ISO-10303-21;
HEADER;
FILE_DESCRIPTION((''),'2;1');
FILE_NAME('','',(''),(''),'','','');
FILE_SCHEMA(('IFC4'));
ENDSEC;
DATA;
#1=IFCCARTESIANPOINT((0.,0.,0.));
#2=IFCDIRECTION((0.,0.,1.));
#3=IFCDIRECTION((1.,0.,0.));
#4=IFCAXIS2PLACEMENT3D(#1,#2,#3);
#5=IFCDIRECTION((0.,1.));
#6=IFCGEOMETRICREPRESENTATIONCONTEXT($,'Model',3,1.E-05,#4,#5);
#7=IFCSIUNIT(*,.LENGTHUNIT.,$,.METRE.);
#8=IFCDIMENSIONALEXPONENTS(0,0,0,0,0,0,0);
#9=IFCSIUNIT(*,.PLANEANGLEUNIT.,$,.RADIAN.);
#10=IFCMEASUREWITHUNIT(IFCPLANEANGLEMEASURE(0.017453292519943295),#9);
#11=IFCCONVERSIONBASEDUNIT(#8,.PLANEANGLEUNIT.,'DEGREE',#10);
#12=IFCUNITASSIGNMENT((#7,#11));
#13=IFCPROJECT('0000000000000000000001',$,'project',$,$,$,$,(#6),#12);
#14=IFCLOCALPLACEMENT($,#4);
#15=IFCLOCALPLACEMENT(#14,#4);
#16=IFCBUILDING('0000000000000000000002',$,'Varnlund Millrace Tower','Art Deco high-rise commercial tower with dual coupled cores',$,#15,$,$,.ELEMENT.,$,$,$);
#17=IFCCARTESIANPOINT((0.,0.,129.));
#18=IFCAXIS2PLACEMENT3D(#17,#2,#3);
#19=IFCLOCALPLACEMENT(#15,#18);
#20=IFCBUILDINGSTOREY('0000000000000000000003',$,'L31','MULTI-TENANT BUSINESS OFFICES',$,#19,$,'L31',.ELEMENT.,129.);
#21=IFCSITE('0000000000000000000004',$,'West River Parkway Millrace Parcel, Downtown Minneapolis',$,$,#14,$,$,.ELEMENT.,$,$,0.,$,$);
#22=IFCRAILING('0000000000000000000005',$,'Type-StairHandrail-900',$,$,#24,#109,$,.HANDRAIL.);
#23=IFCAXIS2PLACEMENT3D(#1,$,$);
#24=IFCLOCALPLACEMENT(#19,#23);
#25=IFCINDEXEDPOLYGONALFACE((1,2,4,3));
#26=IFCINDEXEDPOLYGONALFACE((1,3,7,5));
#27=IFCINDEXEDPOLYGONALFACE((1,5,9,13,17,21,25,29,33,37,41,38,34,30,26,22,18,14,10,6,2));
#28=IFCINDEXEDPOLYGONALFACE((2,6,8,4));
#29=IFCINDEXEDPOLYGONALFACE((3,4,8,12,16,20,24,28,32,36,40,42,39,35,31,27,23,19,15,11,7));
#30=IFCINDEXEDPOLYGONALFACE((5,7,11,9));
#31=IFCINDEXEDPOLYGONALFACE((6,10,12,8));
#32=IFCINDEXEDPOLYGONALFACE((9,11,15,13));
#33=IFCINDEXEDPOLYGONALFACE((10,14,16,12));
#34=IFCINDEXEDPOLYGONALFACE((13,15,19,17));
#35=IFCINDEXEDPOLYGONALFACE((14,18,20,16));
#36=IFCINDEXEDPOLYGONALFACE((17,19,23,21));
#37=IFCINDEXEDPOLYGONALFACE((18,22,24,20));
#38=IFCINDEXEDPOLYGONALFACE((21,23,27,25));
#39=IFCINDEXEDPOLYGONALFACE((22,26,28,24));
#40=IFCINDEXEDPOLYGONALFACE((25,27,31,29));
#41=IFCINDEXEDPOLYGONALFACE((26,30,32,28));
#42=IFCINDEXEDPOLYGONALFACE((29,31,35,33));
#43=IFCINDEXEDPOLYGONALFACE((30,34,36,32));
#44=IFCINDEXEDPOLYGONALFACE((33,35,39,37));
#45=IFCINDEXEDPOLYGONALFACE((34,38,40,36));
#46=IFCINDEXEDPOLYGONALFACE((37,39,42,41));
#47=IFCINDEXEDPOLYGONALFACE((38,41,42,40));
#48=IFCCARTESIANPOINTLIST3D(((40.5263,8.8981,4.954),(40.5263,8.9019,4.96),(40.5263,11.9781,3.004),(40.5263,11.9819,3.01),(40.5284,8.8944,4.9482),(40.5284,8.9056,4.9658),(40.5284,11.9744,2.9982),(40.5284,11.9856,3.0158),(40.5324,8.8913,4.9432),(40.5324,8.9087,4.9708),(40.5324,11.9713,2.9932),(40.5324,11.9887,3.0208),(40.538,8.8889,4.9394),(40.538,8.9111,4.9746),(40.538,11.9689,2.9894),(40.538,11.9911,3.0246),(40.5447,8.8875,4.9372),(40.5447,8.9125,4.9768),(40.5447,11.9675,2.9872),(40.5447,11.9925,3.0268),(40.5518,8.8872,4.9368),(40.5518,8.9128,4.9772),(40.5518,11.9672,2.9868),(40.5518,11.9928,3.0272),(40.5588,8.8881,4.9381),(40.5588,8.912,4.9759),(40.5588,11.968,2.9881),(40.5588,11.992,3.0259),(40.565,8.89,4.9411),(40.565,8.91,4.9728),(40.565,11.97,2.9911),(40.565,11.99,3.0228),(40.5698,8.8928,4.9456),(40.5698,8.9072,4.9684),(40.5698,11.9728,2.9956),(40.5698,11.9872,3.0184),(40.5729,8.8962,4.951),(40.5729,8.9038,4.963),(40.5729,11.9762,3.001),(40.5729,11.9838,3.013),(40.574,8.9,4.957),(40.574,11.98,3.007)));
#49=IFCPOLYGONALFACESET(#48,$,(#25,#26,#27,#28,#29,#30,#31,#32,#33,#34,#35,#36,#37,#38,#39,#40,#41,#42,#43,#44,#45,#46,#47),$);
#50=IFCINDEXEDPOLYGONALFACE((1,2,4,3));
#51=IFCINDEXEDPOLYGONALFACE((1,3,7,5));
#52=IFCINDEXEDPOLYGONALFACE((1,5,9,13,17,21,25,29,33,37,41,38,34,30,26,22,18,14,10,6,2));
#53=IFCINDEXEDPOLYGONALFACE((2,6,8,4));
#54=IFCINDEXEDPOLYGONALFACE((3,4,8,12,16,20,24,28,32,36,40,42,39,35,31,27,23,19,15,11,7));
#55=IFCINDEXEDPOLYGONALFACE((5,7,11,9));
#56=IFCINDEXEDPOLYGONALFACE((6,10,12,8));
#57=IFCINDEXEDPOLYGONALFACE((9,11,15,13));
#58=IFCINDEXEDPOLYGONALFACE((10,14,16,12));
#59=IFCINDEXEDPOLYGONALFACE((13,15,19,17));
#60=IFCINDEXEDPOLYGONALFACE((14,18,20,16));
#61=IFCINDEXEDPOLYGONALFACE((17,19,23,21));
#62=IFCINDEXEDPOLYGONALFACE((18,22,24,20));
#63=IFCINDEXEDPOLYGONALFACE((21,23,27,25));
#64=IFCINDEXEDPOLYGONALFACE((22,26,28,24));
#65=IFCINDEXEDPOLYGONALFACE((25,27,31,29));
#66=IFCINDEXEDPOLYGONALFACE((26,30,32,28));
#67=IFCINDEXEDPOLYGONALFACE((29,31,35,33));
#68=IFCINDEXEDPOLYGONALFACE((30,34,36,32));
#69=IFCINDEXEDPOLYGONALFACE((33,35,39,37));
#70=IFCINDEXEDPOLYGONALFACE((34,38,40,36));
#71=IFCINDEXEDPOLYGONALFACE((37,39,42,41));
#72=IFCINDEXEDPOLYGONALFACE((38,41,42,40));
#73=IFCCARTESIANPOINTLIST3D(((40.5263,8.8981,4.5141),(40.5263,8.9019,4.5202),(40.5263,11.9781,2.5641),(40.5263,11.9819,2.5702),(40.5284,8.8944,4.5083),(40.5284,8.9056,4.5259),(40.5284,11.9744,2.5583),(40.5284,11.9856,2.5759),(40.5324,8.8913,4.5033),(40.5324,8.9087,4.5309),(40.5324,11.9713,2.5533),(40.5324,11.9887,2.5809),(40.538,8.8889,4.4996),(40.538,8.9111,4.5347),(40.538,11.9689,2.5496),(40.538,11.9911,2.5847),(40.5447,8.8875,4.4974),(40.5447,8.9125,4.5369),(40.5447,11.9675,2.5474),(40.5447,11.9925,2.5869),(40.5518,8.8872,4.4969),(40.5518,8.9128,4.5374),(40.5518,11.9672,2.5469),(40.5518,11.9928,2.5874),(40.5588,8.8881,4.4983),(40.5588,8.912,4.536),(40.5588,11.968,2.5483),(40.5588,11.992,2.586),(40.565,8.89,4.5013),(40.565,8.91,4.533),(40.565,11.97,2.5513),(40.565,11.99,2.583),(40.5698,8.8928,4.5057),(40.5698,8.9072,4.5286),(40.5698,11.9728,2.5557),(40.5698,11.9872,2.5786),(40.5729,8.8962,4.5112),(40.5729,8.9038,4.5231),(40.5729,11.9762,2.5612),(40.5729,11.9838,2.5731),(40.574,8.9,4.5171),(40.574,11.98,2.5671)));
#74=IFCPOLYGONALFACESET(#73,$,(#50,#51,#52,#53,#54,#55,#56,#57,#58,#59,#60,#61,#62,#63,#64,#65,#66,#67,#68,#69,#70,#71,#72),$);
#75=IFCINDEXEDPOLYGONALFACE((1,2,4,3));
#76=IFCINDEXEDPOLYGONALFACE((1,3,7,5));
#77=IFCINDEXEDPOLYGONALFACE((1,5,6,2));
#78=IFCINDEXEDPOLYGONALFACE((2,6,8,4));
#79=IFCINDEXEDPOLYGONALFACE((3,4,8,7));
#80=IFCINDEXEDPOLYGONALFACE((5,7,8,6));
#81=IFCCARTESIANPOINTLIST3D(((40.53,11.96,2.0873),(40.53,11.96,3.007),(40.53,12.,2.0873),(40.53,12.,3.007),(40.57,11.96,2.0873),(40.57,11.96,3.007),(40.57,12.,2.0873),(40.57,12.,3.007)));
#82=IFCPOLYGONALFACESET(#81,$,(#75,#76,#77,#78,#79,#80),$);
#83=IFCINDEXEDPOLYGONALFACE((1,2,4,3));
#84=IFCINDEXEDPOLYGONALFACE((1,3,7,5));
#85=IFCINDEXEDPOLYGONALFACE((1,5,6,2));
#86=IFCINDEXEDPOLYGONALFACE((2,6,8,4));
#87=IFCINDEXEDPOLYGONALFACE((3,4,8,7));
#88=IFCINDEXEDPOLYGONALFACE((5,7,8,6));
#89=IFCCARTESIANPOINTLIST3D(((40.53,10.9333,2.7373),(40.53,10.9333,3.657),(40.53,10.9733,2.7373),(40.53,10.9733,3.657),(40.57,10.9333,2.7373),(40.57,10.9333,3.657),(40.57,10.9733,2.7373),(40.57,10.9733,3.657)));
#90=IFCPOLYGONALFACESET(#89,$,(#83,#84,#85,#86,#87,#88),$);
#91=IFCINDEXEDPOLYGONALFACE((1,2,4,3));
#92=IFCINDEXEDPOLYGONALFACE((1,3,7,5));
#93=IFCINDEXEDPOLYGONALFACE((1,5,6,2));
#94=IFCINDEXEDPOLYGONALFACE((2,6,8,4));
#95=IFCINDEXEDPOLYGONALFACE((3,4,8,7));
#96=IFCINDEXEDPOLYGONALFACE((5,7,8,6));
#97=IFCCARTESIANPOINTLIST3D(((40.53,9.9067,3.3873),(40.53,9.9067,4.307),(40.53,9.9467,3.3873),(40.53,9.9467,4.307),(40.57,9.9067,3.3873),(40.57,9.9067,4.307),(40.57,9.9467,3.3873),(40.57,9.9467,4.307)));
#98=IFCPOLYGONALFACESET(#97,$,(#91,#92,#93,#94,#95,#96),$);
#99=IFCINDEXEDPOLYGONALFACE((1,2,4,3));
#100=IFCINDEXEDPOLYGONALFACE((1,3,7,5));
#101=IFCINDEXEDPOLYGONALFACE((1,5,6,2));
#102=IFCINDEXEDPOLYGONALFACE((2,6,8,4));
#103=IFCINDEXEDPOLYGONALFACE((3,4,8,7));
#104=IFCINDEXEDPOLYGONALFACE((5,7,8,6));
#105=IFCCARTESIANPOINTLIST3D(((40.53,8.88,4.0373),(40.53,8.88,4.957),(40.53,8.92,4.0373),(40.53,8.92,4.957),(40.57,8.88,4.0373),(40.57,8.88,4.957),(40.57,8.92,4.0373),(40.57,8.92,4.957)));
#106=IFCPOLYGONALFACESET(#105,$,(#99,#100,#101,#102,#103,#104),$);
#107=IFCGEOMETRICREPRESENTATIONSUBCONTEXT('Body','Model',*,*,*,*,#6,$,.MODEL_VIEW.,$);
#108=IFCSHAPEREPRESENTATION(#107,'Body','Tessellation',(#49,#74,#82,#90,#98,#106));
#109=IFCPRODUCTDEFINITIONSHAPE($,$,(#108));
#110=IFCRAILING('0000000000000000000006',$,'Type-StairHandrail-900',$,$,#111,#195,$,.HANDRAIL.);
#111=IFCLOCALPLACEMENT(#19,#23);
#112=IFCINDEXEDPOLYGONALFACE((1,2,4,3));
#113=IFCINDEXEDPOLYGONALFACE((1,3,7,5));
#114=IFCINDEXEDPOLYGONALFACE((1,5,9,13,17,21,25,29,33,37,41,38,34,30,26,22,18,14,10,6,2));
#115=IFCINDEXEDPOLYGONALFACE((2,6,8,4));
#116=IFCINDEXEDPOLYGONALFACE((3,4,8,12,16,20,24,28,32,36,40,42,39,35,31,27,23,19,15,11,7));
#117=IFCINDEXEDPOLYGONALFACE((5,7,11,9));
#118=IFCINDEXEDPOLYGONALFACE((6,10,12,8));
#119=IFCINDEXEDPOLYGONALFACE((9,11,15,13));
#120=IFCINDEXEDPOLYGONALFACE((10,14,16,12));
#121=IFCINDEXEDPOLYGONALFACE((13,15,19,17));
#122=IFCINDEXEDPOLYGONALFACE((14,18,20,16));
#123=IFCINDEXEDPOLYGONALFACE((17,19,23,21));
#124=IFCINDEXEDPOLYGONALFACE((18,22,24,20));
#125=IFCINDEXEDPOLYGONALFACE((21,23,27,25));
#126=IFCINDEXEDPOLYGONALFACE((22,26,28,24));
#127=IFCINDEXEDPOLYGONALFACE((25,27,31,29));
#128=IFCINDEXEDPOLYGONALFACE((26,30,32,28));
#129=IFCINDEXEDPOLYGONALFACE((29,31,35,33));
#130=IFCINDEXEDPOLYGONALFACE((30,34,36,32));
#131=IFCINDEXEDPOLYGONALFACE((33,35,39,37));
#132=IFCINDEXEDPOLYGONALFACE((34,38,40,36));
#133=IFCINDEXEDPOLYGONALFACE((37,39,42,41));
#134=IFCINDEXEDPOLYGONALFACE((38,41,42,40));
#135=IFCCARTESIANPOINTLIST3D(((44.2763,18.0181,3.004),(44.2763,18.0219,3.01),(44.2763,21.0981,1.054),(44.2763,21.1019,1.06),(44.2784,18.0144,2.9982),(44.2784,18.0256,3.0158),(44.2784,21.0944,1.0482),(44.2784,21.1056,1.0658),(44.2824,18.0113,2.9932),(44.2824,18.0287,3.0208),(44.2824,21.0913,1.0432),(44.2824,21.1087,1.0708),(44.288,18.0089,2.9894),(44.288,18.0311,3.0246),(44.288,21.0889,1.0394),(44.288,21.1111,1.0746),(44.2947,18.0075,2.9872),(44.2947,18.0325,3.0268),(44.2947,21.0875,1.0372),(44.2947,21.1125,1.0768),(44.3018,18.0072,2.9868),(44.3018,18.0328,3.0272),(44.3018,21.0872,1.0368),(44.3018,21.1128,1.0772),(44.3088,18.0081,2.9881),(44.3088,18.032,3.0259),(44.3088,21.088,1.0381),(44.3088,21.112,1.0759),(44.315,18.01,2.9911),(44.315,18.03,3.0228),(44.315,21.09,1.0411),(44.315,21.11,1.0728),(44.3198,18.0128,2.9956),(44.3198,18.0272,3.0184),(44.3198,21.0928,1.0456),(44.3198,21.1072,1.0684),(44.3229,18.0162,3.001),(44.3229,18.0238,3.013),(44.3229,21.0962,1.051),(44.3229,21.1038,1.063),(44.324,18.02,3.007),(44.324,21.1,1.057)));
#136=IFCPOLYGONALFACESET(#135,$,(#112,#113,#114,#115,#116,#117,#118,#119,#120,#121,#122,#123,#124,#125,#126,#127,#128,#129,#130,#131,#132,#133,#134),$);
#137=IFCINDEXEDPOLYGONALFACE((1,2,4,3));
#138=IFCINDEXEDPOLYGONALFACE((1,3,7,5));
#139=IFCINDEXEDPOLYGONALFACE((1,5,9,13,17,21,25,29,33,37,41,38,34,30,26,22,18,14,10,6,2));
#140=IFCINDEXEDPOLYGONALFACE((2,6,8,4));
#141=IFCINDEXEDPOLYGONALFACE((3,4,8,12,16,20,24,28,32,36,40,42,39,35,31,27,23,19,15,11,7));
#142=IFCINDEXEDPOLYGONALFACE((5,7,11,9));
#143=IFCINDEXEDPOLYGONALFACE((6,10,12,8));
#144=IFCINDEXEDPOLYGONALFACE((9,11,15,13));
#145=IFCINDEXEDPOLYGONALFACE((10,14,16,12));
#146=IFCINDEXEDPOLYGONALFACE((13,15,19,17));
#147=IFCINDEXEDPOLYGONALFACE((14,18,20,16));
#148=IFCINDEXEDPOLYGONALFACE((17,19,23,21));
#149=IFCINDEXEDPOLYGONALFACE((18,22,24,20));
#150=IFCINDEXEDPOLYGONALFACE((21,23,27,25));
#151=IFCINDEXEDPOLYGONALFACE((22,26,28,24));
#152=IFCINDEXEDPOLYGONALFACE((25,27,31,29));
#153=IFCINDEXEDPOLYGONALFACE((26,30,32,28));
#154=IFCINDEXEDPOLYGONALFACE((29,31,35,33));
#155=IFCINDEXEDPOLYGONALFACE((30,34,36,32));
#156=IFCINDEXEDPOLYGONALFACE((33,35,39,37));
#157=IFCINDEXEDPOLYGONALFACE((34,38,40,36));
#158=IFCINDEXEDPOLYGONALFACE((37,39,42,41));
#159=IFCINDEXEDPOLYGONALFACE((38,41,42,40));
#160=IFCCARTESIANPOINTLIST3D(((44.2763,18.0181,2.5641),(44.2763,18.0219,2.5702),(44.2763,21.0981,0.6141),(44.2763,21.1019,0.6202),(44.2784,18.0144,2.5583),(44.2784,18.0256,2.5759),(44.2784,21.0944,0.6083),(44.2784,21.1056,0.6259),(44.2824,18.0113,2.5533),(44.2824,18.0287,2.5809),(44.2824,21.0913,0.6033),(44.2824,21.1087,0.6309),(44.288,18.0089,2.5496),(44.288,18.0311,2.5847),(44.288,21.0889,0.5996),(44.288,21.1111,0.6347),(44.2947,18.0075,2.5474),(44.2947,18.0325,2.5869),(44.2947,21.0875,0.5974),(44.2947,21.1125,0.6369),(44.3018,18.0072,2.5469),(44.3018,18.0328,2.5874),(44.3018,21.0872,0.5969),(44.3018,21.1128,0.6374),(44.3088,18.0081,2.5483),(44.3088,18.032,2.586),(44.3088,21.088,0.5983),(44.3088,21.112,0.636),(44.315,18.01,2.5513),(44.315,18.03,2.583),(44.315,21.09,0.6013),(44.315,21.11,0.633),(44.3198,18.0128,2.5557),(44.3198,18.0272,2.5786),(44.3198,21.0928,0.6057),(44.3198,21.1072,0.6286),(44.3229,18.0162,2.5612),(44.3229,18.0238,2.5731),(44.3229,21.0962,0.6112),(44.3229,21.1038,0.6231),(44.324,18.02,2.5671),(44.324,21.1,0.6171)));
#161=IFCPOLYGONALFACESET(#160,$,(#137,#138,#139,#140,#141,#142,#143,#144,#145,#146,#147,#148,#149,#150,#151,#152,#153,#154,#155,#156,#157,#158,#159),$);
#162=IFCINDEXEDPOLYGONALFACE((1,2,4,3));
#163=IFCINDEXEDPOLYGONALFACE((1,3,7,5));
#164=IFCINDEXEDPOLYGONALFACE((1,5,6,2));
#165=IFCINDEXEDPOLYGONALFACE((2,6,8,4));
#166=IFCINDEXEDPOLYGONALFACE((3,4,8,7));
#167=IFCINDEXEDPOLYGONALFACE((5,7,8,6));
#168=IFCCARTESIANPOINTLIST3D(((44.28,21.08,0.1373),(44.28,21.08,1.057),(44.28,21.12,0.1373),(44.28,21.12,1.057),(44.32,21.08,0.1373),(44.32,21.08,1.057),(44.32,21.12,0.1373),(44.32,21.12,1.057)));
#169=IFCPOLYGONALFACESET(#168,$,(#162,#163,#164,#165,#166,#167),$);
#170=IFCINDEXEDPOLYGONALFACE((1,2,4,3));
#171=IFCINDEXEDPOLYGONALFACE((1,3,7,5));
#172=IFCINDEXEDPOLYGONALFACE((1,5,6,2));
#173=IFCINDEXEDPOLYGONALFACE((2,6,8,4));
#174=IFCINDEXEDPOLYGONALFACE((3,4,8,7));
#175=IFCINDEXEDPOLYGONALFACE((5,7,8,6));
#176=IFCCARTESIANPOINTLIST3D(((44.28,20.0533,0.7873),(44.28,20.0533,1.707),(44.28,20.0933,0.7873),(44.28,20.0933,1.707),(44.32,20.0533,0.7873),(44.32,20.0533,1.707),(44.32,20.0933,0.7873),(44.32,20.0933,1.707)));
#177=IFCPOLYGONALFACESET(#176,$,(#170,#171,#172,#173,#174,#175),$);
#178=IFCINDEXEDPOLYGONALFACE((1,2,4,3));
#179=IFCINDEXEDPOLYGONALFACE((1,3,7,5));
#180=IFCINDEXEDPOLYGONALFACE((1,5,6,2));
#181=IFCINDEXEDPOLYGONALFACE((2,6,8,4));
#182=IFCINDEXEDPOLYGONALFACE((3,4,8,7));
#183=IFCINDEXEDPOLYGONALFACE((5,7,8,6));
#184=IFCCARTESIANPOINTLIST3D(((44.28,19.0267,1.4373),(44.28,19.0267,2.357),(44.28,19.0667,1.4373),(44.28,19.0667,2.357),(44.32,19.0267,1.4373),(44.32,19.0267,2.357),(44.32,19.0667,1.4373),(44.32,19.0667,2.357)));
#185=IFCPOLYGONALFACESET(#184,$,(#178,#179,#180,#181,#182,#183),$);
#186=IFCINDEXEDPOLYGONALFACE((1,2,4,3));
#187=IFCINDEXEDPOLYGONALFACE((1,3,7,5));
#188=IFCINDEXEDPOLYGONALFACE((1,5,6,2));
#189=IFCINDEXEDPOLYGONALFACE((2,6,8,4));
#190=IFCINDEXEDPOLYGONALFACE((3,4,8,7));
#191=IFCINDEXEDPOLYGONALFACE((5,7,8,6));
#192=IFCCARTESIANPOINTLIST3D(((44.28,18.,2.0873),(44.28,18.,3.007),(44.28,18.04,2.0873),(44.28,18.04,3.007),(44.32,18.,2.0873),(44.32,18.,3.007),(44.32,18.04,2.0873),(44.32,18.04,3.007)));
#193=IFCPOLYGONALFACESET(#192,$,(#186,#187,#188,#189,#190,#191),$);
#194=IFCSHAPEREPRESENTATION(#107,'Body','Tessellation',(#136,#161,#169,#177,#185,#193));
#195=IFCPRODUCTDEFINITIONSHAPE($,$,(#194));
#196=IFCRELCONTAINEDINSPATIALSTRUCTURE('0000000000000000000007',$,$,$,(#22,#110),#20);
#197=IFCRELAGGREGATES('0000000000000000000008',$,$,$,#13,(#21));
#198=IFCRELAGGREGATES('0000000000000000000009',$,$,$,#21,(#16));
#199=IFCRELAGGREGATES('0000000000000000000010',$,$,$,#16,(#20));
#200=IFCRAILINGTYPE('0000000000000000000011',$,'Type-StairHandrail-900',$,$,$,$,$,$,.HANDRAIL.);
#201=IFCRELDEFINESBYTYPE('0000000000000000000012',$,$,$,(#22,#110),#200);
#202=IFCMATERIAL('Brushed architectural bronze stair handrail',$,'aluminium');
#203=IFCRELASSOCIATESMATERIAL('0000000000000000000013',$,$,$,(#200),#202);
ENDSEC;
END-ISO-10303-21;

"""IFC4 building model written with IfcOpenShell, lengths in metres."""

from ifc_helpers import new_model, entity, si_unit, converted_unit, direction, frame, origin_with_axes, origin_2d_with_axis, place, context, subcontext, project, spatial, rectangle, circle, extrude, material, type_object, element, save


model = new_model("IFC4")

# Units and contexts
model_context = context("Model", 3, precision=1e-05, world=origin_with_axes(), true_north=direction((0.0, 1.0)))
body_context = subcontext(model_context, "Body", "Model", "MODEL_VIEW")
ifc_project = project(units=[si_unit("LENGTHUNIT", "METRE"), converted_unit("PLANEANGLEUNIT", "DEGREE", entity("IfcPlaneAngleMeasure", 0.017453292519943295), si_unit("PLANEANGLEUNIT", "RADIAN"), dimensions=[0, 0, 0, 0, 0, 0, 0])], contexts=[model_context])

# Site, building, storey
site_placement = place(None, origin_with_axes())
site = spatial("IfcSite", under=ifc_project, at=site_placement, Name="West River Parkway Millrace Parcel, Downtown Minneapolis", CompositionType="ELEMENT", RefElevation=0.0)
building_placement = place(site_placement, origin_with_axes())
building = spatial("IfcBuilding", under=site, at=building_placement, Name="Varnlund Millrace Tower", Description="Art Deco high-rise commercial tower with dual coupled cores", CompositionType="ELEMENT")
storey_placement = place(building_placement, frame((0.0, 0.0, 129.0), z_axis=(0.0, 0.0, 1.0), x_axis=(1.0, 0.0, 0.0)))
storey = spatial("IfcBuildingStorey", under=building, at=storey_placement, Name="L31", Description="MULTI-TENANT BUSINESS OFFICES", LongName="L31", CompositionType="ELEMENT", Elevation=129.0)

# Railings
ifc_material_1 = material(Name="Brushed architectural bronze stair handrail", Category="aluminium")
railing_type_1 = type_object("IfcRailingType", Name="Type-StairHandrail-900", PredefinedType="HANDRAIL", material=ifc_material_1)
railing_1_placement = place(storey_placement, frame((0.0, 0.0, -129.0), z_axis=(0.0, 0.0, 1.0), x_axis=(1.0, 0.0, 0.0)))
element("IfcRailing", 1, at=railing_1_placement, inside=storey, type_object=railing_type_1, Name="Type-StairHandrail-900", PredefinedType="HANDRAIL", context=body_context, shape_type="SweptSolid", body=[
    extrude(circle(Radius=0.024, at=origin_2d_with_axis()), frame((40.55, 11.98, 132.007), z_axis=(0.0, -0.844902, 0.534922), x_axis=(1.0, 0.0, 0.0)), (0.0, 0.0, 1.0), 3.6454),
    extrude(circle(Radius=0.024, at=origin_2d_with_axis()), frame((40.55, 11.98, 131.5671), z_axis=(0.0, -0.844902, 0.534922), x_axis=(1.0, 0.0, 0.0)), (0.0, 0.0, 1.0), 3.6454),
    extrude(rectangle(XDim=0.04, YDim=0.04, at=origin_2d_with_axis()), frame((40.55, 11.98, 131.0873), z_axis=(0.0, 0.0, 1.0), x_axis=(1.0, 0.0, 0.0)), (0.0, 0.0, 1.0), 0.9197),
    extrude(rectangle(XDim=0.04, YDim=0.04, at=origin_2d_with_axis()), frame((40.55, 10.9533, 131.7373), z_axis=(0.0, 0.0, 1.0), x_axis=(1.0, 0.0, 0.0)), (0.0, 0.0, 1.0), 0.9197),
    extrude(rectangle(XDim=0.04, YDim=0.04, at=origin_2d_with_axis()), frame((40.55, 9.9267, 132.3873), z_axis=(0.0, 0.0, 1.0), x_axis=(1.0, 0.0, 0.0)), (0.0, 0.0, 1.0), 0.9197),
    extrude(rectangle(XDim=0.04, YDim=0.04, at=origin_2d_with_axis()), frame((40.55, 8.9, 133.0373), z_axis=(0.0, 0.0, 1.0), x_axis=(1.0, 0.0, 0.0)), (0.0, 0.0, 1.0), 0.9197),
])
railing_2_placement = place(storey_placement, frame((0.0, 0.0, -129.0), z_axis=(0.0, 0.0, 1.0), x_axis=(1.0, 0.0, 0.0)))
element("IfcRailing", 2, at=railing_2_placement, inside=storey, type_object=railing_type_1, Name="Type-StairHandrail-900", PredefinedType="HANDRAIL", context=body_context, shape_type="SweptSolid", body=[
    extrude(circle(Radius=0.024, at=origin_2d_with_axis()), frame((44.3, 21.1, 130.057), z_axis=(0.0, -0.844902, 0.534922), x_axis=(1.0, 0.0, 0.0)), (0.0, 0.0, 1.0), 3.6454),
    extrude(circle(Radius=0.024, at=origin_2d_with_axis()), frame((44.3, 21.1, 129.6171), z_axis=(0.0, -0.844902, 0.534922), x_axis=(1.0, 0.0, 0.0)), (0.0, 0.0, 1.0), 3.6454),
    extrude(rectangle(XDim=0.04, YDim=0.04, at=origin_2d_with_axis()), frame((44.3, 21.1, 129.1373), z_axis=(0.0, 0.0, 1.0), x_axis=(1.0, 0.0, 0.0)), (0.0, 0.0, 1.0), 0.9197),
    extrude(rectangle(XDim=0.04, YDim=0.04, at=origin_2d_with_axis()), frame((44.3, 20.0733, 129.7873), z_axis=(0.0, 0.0, 1.0), x_axis=(1.0, 0.0, 0.0)), (0.0, 0.0, 1.0), 0.9197),
    extrude(rectangle(XDim=0.04, YDim=0.04, at=origin_2d_with_axis()), frame((44.3, 19.0467, 130.4373), z_axis=(0.0, 0.0, 1.0), x_axis=(1.0, 0.0, 0.0)), (0.0, 0.0, 1.0), 0.9197),
    extrude(rectangle(XDim=0.04, YDim=0.04, at=origin_2d_with_axis()), frame((44.3, 18.02, 131.0873), z_axis=(0.0, 0.0, 1.0), x_axis=(1.0, 0.0, 0.0)), (0.0, 0.0, 1.0), 0.9197),
])

save(model, "model.ifc")
